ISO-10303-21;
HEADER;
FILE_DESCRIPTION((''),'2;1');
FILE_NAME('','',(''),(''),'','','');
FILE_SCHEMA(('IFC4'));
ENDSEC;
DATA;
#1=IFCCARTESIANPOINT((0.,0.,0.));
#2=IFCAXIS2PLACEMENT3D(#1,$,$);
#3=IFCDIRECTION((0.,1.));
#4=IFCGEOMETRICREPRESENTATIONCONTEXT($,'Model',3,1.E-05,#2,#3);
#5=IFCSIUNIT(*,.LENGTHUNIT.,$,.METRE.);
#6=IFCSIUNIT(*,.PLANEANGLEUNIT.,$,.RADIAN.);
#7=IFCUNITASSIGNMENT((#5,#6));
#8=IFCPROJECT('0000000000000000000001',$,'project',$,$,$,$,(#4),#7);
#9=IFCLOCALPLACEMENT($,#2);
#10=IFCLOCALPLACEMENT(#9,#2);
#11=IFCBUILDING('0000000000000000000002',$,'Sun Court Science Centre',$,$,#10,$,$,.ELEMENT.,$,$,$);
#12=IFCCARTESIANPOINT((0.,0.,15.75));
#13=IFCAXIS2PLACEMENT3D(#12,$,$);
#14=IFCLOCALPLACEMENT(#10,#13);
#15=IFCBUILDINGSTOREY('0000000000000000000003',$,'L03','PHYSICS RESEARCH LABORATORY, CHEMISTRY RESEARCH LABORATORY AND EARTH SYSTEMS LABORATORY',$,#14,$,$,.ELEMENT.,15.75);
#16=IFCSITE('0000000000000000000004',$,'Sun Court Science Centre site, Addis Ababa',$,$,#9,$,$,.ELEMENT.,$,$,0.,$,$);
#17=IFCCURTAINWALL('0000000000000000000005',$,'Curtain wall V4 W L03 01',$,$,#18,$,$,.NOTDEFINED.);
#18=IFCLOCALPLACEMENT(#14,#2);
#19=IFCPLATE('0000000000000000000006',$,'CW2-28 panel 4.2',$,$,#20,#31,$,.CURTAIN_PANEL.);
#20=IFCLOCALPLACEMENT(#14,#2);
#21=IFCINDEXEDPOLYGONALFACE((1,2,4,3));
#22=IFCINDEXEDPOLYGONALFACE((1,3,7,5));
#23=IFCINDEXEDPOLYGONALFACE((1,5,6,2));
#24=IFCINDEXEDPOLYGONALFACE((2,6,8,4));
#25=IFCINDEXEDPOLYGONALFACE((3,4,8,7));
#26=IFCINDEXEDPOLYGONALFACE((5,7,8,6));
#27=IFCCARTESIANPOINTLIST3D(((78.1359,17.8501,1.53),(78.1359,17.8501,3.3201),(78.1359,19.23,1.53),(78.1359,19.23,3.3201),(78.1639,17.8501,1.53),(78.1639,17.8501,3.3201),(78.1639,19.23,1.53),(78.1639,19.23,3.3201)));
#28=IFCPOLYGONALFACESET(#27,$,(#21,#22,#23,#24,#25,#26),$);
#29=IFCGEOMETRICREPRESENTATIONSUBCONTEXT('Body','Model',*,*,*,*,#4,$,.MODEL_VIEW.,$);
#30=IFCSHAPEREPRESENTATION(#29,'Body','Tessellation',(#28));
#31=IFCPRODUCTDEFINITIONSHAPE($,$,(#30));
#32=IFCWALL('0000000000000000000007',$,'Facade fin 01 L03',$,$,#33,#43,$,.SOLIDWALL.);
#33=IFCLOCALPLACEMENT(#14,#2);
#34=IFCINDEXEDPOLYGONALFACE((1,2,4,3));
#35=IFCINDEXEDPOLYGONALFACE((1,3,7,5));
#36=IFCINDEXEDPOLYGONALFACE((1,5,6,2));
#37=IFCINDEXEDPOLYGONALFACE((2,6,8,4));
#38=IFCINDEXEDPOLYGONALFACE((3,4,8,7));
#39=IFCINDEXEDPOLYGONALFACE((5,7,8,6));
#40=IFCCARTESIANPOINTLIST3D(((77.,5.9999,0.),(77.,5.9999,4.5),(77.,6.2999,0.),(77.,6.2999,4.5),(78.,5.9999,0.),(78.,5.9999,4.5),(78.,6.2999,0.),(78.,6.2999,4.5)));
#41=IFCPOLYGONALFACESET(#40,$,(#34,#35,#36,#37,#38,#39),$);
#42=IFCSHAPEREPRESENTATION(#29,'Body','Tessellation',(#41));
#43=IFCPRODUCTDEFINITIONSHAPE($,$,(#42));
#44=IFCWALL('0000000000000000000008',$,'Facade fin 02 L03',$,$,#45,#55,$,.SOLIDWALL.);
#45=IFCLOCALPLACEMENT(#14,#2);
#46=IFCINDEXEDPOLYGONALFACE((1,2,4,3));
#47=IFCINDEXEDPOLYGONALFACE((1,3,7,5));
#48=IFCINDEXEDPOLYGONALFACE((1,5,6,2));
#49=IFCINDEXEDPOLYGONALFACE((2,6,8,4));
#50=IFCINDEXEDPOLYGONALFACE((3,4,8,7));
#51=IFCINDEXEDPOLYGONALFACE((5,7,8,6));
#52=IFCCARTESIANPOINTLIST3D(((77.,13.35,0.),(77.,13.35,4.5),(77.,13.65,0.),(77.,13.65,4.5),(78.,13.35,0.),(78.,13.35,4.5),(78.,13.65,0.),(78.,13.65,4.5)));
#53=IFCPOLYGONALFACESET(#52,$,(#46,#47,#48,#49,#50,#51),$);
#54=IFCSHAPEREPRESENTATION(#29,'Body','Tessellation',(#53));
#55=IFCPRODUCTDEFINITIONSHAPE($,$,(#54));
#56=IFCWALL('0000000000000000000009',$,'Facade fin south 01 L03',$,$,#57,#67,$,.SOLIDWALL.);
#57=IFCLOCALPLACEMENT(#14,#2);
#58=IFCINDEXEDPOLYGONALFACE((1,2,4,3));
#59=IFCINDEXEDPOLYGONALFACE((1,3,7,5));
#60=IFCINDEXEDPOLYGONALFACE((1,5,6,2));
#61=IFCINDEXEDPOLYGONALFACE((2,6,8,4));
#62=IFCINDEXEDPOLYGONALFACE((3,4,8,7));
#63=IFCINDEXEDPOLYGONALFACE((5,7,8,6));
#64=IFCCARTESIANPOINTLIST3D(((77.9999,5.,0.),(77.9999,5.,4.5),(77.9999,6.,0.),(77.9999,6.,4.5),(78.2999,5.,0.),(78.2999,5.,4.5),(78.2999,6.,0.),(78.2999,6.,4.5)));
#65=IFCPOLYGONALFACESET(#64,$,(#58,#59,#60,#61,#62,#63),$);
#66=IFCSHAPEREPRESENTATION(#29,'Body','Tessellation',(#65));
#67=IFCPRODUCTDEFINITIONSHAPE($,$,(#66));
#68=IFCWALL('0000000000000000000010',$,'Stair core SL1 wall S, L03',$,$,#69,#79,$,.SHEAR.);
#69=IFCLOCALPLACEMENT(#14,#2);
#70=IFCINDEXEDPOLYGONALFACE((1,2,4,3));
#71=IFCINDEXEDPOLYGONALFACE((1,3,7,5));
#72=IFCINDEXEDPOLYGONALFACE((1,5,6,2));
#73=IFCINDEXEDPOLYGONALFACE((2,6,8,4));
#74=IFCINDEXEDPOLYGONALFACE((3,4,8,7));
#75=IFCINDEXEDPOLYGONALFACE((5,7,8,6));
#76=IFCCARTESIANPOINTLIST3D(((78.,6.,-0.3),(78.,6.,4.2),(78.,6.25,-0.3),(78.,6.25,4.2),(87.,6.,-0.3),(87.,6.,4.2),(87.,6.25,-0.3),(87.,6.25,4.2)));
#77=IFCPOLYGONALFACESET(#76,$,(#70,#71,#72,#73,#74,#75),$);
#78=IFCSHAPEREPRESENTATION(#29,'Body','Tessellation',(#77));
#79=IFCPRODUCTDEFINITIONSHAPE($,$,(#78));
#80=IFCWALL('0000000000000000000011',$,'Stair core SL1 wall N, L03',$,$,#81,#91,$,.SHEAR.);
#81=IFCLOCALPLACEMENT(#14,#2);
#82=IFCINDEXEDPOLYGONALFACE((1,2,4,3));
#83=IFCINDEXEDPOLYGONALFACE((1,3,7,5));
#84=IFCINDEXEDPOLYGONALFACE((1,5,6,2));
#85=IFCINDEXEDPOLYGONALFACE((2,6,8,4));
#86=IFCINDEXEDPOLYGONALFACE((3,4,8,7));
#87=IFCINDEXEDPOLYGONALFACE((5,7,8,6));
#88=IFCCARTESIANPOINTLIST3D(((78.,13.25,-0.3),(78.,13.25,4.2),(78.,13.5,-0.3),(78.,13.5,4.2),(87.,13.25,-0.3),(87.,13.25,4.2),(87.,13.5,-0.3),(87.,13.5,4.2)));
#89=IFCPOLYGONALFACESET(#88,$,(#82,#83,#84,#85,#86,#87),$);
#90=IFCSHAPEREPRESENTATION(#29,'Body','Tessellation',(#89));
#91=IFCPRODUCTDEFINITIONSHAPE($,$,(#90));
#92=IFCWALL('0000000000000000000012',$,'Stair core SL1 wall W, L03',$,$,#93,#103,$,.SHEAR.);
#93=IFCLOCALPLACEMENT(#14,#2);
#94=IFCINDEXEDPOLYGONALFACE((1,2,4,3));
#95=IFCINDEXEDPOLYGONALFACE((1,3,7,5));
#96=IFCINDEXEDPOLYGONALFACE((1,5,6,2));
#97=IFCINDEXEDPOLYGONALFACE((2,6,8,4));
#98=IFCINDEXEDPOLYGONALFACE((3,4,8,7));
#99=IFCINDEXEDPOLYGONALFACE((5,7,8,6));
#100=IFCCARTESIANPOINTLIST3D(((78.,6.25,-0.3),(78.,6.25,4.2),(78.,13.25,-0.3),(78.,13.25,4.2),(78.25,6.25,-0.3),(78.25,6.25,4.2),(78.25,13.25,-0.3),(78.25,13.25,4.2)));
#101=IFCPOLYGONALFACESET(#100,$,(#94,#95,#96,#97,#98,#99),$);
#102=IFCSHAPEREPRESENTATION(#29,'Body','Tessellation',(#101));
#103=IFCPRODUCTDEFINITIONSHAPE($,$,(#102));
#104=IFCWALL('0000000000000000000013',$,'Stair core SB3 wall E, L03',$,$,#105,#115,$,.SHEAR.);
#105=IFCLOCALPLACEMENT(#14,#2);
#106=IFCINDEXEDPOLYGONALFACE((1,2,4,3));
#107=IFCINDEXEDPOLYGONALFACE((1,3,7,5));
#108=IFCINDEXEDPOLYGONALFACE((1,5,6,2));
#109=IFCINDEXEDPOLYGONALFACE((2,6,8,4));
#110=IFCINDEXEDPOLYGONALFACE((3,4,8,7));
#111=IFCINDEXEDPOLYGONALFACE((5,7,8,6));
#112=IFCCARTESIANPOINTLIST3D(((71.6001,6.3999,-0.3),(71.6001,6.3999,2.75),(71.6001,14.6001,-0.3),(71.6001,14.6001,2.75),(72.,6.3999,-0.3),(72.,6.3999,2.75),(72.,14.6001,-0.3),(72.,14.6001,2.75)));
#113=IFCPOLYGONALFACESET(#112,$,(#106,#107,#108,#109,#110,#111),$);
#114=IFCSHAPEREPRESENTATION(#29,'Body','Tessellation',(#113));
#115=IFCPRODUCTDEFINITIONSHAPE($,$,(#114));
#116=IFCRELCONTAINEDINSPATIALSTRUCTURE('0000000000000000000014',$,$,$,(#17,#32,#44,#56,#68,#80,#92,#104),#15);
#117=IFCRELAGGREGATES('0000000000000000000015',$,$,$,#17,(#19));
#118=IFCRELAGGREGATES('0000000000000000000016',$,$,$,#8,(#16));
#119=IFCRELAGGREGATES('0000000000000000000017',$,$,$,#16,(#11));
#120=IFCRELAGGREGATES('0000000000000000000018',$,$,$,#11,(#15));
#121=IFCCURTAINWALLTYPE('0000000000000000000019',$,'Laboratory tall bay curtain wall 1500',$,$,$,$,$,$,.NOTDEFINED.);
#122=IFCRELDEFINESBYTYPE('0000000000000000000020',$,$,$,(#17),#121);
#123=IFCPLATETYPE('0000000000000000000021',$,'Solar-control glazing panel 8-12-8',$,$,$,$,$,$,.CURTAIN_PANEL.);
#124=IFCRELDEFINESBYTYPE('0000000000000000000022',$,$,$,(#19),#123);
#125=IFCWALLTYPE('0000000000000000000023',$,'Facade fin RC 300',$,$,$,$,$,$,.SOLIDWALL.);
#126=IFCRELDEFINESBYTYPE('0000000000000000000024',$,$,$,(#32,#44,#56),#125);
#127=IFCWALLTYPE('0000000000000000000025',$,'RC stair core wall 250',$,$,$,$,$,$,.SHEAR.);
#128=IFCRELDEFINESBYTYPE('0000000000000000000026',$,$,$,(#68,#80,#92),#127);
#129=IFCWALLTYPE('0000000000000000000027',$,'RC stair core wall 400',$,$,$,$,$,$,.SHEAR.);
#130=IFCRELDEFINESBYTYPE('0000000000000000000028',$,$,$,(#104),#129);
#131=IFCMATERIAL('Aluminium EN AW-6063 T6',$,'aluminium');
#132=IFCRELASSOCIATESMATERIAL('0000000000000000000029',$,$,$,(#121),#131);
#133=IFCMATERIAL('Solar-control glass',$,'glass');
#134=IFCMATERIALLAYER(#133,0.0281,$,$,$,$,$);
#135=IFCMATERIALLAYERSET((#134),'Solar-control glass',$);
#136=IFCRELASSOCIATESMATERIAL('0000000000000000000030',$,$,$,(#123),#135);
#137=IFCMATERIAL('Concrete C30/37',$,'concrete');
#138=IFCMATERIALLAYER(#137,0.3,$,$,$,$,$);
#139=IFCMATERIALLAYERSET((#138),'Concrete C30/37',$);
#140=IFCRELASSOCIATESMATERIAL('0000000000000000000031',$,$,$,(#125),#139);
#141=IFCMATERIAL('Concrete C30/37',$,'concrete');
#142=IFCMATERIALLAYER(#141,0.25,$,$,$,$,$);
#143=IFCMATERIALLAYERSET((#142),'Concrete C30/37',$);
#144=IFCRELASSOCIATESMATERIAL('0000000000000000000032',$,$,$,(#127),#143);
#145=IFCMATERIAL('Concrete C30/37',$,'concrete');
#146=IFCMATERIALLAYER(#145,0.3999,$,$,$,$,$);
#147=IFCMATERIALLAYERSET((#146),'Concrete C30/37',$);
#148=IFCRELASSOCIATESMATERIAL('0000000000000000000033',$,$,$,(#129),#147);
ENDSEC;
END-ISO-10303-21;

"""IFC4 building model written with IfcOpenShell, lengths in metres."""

from ifc_helpers import new_model, si_unit, direction, frame, frame_2d, origin, origin_2d, place, context, subcontext, project, spatial, rectangle, extrude, material, layer, layer_set, type_object, element, aggregate, save


model = new_model("IFC4")

# Units and contexts
model_context = context("Model", 3, precision=1e-05, world=origin(), true_north=direction((0.0, 1.0)))
body_context = subcontext(model_context, "Body", "Model", "MODEL_VIEW")
ifc_project = project(units=[si_unit("LENGTHUNIT", "METRE"), si_unit("PLANEANGLEUNIT", "RADIAN")], contexts=[model_context])

# Site, building, storey
site_placement = place(None, origin())
site = spatial("IfcSite", under=ifc_project, at=site_placement, Name="Sun Court Science Centre site, Addis Ababa", CompositionType="ELEMENT", RefElevation=0.0)
building_placement = place(site_placement, origin())
building = spatial("IfcBuilding", under=site, at=building_placement, Name="Sun Court Science Centre", CompositionType="ELEMENT")
storey_placement = place(building_placement, frame((0.0, 0.0, 15.75)))
storey = spatial("IfcBuildingStorey", under=building, at=storey_placement, Name="L03", Description="PHYSICS RESEARCH LABORATORY, CHEMISTRY RESEARCH LABORATORY AND EARTH SYSTEMS LABORATORY", CompositionType="ELEMENT", Elevation=15.75)

# Curtain wall
ifc_material_1 = material(Name="Aluminium EN AW-6063 T6", Category="aluminium")
curtain_wall_type = type_object("IfcCurtainWallType", Name="Laboratory tall bay curtain wall 1500", PredefinedType="NOTDEFINED", material=ifc_material_1)
curtain_wall_placement = place(storey_placement, origin())
curtain_wall = element("IfcCurtainWall", 1, at=curtain_wall_placement, inside=storey, type_object=curtain_wall_type, Name="Curtain wall V4 W L03 01", PredefinedType="NOTDEFINED")

# Plate
ifc_material_2 = material(Name="Solar-control glass", Category="glass")
ifc_layer_1 = layer(ifc_material_2, 0.0281)
ifc_layer_set_1 = layer_set([ifc_layer_1], Name="Solar-control glass")
plate_type = type_object("IfcPlateType", Name="Solar-control glazing panel 8-12-8", PredefinedType="CURTAIN_PANEL", material=ifc_layer_set_1)
plate_1_placement = place(storey_placement, frame((78.1499, 18.54, 1.53), z_axis=(0.0, 0.0, 1.0), x_axis=(0.0, 1.0, 0.0)))
plate_1 = element("IfcPlate", 2, at=plate_1_placement, type_object=plate_type, Name="CW2-28 panel 4.2", PredefinedType="CURTAIN_PANEL", context=body_context, shape_type="SweptSolid", body=[
    extrude(rectangle(XDim=1.3799, YDim=0.0281, at=origin_2d()), origin(), (0.0, 0.0, 1.0), 1.79),
])
aggregate(curtain_wall, [plate_1])

# Walls
ifc_material_3 = material(Name="Concrete C30/37", Category="concrete")
ifc_layer_2 = layer(ifc_material_3, 0.3)
ifc_layer_set_2 = layer_set([ifc_layer_2], Name="Concrete C30/37")
wall_type_1 = type_object("IfcWallType", Name="Facade fin RC 300", PredefinedType="SOLIDWALL", material=ifc_layer_set_2)
for number, where, z_axis, x_axis, name in (
    (3, (77.0, 6.1499, 0.0), (0.0, 0.0, 1.0), (1.0, 0.0, 0.0), "Facade fin 01 L03"),
    (4, (77.0, 13.5, 0.0), (0.0, 0.0, 1.0), (1.0, 0.0, 0.0), "Facade fin 02 L03"),
    (5, (78.1499, 6.0, 0.0), (0.0, 0.0, 1.0), (0.0, -1.0, 0.0), "Facade fin south 01 L03"),
):
    element("IfcWall", number, at=place(storey_placement, frame(where, z_axis=z_axis, x_axis=x_axis)), inside=storey, type_object=wall_type_1, Name=name, PredefinedType="SOLIDWALL", context=body_context, shape_type="SweptSolid", body=[
        extrude(rectangle(XDim=1.0, YDim=0.3, at=frame_2d((0.5, 0.0))), origin(), (0.0, 0.0, 1.0), 4.5),
    ])
ifc_material_4 = material(Name="Concrete C30/37", Category="concrete")
ifc_layer_3 = layer(ifc_material_4, 0.25)
ifc_layer_set_3 = layer_set([ifc_layer_3], Name="Concrete C30/37")
wall_type_2 = type_object("IfcWallType", Name="RC stair core wall 250", PredefinedType="SHEAR", material=ifc_layer_set_3)
for number, where, z_axis, x_axis, name in (
    (6, (78.0, 6.125, -0.3), (0.0, 0.0, 1.0), (1.0, 0.0, 0.0), "Stair core SL1 wall S, L03"),
    (7, (78.0, 13.375, -0.3), (0.0, 0.0, 1.0), (1.0, 0.0, 0.0), "Stair core SL1 wall N, L03"),
):
    element("IfcWall", number, at=place(storey_placement, frame(where, z_axis=z_axis, x_axis=x_axis)), inside=storey, type_object=wall_type_2, Name=name, PredefinedType="SHEAR", context=body_context, shape_type="SweptSolid", body=[
        extrude(rectangle(XDim=9.0, YDim=0.25, at=frame_2d((4.5, 0.0))), origin(), (0.0, 0.0, 1.0), 4.5),
    ])
wall_1_placement = place(storey_placement, frame((78.125, 6.25, -0.3), z_axis=(0.0, 0.0, 1.0), x_axis=(0.0, 1.0, 0.0)))
element("IfcWall", 8, at=wall_1_placement, inside=storey, type_object=wall_type_2, Name="Stair core SL1 wall W, L03", PredefinedType="SHEAR", context=body_context, shape_type="SweptSolid", body=[
    extrude(rectangle(XDim=7.0, YDim=0.25, at=frame_2d((3.5, 0.0))), origin(), (0.0, 0.0, 1.0), 4.5),
])
ifc_material_5 = material(Name="Concrete C30/37", Category="concrete")
ifc_layer_4 = layer(ifc_material_5, 0.3999)
ifc_layer_set_4 = layer_set([ifc_layer_4], Name="Concrete C30/37")
wall_type_3 = type_object("IfcWallType", Name="RC stair core wall 400", PredefinedType="SHEAR", material=ifc_layer_set_4)
wall_2_placement = place(storey_placement, frame((71.8, 6.3999, -0.3), z_axis=(0.0, 0.0, 1.0), x_axis=(0.0, 1.0, 0.0)))
element("IfcWall", 9, at=wall_2_placement, inside=storey, type_object=wall_type_3, Name="Stair core SB3 wall E, L03", PredefinedType="SHEAR", context=body_context, shape_type="SweptSolid", body=[
    extrude(rectangle(XDim=8.2002, YDim=0.3999, at=frame_2d((4.1001, 0.0))), origin(), (0.0, 0.0, 1.0), 3.05),
])

save(model, "model.ifc")
